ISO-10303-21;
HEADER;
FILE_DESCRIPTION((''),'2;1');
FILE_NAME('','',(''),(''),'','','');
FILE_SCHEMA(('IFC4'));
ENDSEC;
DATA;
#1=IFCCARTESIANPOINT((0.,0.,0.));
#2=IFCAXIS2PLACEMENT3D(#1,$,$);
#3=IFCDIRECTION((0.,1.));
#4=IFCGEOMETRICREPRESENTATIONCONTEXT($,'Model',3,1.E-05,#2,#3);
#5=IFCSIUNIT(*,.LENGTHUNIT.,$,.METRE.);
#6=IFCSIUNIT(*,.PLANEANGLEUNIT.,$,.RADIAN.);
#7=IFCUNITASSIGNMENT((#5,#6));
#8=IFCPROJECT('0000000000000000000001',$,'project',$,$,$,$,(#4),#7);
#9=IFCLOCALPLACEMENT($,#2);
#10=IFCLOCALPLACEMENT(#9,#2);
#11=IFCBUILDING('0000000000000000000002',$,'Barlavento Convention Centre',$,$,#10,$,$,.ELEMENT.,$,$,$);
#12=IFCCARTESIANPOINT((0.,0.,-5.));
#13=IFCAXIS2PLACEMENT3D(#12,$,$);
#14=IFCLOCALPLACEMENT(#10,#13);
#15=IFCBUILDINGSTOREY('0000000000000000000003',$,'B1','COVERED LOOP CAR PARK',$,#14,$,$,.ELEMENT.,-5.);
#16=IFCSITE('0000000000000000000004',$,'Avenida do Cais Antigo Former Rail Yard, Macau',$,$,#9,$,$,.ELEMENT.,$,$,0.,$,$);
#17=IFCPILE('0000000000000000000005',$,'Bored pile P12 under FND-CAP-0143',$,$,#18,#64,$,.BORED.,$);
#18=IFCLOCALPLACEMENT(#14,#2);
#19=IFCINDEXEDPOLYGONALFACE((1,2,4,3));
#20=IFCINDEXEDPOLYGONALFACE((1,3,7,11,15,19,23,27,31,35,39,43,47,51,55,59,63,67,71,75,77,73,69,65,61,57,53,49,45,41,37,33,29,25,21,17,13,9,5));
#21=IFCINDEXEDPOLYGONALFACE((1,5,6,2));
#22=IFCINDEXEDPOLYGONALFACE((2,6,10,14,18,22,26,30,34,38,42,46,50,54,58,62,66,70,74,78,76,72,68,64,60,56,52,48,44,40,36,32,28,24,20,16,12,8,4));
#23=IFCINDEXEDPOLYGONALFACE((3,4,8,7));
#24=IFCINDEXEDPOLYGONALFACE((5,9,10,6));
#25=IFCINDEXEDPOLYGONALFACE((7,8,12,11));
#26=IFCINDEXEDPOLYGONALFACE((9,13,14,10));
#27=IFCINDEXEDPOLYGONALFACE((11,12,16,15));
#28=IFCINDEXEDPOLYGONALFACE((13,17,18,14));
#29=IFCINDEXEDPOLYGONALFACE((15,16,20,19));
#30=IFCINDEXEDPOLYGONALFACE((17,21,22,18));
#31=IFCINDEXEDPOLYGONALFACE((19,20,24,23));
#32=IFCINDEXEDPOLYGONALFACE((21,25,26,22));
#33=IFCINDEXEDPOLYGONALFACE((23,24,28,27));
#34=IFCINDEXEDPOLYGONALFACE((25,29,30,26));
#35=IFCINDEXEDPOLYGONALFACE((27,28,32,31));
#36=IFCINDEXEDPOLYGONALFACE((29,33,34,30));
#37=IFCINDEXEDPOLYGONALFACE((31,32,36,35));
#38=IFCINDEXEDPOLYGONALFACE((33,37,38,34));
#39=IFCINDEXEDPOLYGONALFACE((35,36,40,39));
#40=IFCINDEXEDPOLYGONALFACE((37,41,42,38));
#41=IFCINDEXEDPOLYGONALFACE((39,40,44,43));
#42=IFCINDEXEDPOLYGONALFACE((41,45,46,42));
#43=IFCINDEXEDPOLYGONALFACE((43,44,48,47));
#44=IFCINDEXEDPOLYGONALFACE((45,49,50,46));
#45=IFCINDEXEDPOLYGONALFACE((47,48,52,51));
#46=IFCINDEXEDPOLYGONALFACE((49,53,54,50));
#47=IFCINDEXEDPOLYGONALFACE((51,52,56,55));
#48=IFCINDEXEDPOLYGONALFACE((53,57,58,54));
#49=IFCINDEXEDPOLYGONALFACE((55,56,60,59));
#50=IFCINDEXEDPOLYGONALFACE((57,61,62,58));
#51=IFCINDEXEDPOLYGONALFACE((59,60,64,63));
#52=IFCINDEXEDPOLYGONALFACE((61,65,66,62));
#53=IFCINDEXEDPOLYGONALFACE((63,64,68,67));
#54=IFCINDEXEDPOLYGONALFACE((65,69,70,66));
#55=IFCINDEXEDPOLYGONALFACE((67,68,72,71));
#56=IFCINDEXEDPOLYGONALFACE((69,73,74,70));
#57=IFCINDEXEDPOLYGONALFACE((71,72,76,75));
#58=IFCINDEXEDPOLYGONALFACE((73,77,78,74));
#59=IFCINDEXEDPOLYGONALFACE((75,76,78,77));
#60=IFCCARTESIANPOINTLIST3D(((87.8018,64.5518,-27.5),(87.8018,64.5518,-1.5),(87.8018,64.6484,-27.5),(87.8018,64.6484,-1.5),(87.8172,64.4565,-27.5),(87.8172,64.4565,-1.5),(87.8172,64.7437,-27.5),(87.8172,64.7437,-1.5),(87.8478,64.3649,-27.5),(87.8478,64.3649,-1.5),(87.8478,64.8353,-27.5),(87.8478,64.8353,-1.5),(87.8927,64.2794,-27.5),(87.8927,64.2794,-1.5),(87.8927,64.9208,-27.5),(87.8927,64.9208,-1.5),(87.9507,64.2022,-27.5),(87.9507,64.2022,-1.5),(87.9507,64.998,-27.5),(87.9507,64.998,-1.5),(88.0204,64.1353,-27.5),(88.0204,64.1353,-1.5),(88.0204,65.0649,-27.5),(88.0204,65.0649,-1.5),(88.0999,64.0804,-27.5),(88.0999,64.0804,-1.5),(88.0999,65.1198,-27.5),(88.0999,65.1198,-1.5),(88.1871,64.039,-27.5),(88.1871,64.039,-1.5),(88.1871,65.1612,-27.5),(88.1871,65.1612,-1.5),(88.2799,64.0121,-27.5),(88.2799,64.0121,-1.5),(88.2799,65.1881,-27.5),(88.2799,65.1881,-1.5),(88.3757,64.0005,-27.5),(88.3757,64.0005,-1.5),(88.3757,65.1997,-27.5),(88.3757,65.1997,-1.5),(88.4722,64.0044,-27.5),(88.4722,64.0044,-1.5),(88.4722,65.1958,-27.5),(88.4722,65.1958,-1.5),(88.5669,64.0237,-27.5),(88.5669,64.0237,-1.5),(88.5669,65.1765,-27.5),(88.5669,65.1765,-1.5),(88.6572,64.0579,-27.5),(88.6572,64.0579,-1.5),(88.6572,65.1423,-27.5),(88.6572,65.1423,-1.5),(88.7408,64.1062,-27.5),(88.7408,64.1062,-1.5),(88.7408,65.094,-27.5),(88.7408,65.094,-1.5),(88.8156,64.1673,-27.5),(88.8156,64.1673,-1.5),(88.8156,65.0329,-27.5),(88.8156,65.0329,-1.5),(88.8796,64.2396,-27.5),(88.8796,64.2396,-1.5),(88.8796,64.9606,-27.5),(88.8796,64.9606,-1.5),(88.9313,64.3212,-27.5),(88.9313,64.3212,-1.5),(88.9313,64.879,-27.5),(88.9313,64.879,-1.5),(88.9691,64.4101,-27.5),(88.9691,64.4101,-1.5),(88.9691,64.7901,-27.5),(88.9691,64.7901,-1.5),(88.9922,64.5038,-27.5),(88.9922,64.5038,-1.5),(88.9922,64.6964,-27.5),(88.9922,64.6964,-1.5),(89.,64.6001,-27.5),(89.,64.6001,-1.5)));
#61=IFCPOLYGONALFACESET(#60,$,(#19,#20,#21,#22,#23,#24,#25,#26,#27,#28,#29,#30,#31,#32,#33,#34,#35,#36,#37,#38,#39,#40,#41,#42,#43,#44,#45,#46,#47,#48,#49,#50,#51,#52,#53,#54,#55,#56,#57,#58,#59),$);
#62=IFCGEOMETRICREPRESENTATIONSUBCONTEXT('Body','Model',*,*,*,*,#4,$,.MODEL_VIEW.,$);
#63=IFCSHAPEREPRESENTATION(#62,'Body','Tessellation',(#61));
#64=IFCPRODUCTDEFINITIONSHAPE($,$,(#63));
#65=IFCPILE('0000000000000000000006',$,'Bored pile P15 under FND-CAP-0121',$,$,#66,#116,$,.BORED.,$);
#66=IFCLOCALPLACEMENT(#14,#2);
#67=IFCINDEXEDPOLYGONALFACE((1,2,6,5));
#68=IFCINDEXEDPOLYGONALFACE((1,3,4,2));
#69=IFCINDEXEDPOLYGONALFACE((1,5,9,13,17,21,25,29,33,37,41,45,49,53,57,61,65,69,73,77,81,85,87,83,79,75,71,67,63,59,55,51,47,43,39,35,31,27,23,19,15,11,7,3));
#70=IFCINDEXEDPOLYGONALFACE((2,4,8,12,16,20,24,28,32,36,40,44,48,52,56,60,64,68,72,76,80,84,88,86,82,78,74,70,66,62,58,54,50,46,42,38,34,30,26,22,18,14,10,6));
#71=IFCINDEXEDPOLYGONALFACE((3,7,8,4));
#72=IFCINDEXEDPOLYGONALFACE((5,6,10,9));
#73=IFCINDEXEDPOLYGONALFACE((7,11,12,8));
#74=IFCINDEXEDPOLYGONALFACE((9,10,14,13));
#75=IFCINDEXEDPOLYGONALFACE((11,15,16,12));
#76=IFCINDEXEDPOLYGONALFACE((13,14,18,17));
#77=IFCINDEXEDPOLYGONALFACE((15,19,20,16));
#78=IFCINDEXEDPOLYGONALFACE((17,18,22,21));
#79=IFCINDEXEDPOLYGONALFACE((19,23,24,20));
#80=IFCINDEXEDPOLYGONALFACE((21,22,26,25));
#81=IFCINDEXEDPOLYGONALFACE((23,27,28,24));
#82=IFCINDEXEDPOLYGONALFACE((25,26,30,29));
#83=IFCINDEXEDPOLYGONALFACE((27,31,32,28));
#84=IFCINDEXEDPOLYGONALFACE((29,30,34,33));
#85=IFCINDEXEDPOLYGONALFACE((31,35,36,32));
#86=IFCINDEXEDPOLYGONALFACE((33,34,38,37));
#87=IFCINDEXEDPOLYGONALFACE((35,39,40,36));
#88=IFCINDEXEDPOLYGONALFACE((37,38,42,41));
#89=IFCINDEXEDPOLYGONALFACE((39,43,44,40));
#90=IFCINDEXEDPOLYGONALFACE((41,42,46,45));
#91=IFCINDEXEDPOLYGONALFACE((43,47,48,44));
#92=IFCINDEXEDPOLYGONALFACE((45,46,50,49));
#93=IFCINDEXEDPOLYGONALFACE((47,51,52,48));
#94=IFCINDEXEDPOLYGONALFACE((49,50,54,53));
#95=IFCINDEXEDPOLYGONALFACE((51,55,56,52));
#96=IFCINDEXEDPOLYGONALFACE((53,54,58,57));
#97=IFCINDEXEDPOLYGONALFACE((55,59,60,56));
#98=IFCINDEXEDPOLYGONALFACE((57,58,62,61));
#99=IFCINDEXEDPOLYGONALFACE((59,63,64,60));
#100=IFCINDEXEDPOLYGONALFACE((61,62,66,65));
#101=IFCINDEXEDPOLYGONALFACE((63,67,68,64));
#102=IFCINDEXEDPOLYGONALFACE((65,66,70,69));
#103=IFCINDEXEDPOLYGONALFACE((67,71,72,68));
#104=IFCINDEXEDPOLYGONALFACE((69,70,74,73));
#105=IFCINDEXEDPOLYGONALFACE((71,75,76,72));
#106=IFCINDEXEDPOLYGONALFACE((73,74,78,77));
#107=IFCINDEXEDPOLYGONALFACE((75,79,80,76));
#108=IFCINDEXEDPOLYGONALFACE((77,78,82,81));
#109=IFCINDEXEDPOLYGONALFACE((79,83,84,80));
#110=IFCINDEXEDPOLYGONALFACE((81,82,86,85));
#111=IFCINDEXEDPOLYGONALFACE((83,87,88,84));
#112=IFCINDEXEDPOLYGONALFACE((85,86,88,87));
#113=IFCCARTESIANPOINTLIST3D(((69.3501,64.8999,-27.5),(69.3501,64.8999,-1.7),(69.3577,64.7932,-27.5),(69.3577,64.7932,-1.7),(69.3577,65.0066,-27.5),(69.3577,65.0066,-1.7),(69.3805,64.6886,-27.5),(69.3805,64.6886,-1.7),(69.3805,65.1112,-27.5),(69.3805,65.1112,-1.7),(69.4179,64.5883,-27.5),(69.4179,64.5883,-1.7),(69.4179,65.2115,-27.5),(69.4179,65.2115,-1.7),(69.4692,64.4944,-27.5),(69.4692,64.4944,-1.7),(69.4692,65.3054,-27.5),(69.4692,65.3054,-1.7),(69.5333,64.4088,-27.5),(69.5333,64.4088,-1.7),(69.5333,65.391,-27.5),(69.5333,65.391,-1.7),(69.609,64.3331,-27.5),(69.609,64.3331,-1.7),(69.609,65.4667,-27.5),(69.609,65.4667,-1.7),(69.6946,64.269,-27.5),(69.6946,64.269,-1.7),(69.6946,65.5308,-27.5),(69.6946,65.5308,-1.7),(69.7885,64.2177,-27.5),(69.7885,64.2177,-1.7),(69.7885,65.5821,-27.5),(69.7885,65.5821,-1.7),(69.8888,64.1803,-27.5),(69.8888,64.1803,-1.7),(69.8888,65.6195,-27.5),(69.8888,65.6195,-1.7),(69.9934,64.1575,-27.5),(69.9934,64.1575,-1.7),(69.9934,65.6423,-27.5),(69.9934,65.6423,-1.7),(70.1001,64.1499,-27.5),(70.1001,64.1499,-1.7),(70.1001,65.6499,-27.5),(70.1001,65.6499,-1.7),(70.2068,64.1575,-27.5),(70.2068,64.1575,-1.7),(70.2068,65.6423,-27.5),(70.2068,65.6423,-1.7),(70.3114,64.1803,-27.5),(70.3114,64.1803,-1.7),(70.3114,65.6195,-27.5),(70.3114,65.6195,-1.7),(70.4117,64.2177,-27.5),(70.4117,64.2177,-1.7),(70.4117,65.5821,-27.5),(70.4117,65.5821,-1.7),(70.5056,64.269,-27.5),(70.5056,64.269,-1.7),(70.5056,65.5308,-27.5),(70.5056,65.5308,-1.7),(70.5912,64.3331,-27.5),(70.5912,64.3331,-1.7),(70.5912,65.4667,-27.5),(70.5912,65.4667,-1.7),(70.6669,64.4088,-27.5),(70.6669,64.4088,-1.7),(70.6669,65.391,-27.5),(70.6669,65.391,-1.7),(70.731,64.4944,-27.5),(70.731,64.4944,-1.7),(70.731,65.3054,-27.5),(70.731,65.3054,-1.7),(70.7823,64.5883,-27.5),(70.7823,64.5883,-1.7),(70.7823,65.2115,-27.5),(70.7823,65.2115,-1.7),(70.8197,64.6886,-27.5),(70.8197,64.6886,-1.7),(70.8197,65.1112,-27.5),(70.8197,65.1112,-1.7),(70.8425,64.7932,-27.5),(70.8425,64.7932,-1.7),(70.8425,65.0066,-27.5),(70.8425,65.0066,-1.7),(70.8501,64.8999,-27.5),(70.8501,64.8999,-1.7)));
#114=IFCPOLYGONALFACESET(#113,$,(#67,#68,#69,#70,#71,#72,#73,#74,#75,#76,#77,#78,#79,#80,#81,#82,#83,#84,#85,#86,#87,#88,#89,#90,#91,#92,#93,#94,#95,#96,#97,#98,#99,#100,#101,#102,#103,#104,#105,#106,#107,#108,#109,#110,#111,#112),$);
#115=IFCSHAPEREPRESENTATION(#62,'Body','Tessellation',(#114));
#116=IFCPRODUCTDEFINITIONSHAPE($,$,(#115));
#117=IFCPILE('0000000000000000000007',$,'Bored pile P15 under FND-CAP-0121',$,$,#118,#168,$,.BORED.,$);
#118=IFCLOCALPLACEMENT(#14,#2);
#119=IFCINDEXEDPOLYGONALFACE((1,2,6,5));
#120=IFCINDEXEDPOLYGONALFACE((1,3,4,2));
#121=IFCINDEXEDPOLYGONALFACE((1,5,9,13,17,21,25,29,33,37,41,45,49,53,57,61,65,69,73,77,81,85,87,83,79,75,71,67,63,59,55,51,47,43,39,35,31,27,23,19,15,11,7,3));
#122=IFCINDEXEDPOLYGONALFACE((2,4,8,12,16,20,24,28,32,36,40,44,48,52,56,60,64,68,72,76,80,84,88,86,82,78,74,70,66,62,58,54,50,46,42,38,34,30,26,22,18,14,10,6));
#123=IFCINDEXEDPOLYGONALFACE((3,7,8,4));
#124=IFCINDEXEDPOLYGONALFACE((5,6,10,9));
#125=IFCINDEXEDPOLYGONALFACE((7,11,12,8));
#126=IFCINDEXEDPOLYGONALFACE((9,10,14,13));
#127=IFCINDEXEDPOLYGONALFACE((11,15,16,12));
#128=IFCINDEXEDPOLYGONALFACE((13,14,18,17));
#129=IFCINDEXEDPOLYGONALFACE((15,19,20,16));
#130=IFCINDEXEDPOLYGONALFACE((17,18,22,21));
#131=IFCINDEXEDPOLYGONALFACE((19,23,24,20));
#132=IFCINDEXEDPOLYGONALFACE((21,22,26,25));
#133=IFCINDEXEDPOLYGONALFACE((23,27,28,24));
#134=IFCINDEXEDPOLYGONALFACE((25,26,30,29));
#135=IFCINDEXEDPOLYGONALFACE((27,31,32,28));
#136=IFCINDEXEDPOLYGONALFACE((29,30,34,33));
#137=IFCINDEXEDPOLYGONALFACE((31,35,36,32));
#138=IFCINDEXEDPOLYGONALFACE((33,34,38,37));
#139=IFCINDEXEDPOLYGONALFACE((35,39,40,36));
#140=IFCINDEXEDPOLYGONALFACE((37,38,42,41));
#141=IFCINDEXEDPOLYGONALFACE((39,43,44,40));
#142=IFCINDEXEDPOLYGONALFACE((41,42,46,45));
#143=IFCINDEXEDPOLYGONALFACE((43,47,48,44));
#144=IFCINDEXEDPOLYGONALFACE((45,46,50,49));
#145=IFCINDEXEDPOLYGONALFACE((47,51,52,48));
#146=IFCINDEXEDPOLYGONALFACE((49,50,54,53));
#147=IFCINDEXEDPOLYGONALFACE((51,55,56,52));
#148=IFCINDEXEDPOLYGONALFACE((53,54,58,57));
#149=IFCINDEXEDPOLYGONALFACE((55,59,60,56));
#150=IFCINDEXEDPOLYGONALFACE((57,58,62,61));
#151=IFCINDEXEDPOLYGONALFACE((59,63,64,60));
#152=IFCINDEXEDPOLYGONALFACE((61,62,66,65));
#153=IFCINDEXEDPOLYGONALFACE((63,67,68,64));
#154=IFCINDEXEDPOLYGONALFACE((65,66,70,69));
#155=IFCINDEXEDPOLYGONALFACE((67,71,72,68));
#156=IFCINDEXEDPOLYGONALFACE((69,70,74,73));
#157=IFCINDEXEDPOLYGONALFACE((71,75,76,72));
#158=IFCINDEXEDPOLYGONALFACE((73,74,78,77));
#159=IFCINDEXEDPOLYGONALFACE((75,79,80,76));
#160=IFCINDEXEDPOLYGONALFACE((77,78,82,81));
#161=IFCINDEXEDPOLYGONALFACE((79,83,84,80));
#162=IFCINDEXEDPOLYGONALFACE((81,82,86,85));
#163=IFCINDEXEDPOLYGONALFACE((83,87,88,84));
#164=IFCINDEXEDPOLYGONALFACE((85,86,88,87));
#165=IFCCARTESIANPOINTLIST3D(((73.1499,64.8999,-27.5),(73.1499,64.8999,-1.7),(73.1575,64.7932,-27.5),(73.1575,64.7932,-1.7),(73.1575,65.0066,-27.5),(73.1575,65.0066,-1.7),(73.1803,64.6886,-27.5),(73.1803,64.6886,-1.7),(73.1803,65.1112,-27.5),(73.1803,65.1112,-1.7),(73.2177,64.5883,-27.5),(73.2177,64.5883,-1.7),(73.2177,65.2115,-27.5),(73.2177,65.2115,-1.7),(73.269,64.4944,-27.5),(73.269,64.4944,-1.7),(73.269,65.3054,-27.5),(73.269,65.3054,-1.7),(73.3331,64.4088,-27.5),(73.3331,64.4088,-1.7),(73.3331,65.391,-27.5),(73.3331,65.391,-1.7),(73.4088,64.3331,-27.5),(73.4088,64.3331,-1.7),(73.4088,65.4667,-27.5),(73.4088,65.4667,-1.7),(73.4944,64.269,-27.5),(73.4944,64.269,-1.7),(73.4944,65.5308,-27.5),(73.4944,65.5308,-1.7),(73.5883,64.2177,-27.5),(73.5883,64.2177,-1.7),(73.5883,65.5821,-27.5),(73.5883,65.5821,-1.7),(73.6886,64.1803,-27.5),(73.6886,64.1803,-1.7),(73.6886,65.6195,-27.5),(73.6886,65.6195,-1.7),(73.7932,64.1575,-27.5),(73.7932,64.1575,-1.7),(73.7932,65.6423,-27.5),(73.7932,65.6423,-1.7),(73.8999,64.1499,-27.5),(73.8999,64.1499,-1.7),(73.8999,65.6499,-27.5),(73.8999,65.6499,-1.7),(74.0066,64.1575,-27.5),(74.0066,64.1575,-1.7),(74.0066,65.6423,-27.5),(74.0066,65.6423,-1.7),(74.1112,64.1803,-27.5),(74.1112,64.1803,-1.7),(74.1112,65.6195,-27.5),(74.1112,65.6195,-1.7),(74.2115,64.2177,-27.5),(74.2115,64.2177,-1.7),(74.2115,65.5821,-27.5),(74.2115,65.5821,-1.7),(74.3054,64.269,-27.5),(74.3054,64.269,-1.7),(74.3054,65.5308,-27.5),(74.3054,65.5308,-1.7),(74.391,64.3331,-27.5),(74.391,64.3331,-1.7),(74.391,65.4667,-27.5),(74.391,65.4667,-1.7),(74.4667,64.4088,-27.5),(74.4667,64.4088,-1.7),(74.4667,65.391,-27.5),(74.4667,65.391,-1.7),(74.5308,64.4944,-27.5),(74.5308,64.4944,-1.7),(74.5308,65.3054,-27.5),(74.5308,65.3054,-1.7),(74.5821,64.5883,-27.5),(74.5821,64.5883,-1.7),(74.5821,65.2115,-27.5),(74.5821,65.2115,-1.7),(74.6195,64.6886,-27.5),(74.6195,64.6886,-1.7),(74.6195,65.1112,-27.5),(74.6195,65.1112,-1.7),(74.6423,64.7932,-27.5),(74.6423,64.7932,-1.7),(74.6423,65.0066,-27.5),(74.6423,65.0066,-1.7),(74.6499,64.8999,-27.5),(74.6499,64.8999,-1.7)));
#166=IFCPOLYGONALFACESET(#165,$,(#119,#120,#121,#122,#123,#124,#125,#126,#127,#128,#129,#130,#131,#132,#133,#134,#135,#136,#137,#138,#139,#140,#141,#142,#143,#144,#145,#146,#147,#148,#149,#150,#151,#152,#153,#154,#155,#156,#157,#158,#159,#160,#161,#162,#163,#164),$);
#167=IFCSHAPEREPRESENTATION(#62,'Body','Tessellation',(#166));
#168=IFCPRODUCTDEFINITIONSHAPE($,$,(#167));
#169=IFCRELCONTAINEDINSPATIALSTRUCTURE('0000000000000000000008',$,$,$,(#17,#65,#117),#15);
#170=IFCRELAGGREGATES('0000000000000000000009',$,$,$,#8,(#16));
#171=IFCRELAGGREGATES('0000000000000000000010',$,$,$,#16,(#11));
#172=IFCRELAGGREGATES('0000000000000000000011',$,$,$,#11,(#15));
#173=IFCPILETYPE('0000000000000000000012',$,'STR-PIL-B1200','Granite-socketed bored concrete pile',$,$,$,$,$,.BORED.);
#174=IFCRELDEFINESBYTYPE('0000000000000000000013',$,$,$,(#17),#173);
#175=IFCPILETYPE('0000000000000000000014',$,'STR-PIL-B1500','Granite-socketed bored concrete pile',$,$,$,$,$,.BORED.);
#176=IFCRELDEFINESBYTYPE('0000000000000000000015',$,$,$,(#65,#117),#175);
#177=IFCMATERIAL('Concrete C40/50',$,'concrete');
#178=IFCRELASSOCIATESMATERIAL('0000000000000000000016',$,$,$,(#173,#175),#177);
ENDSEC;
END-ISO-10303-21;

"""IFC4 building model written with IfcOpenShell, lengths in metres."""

from ifc_helpers import new_model, si_unit, direction, frame, origin, origin_2d, place, context, subcontext, project, spatial, circle, extrude, material, material_profile, profile_set, type_object, element, save


model = new_model("IFC4")

# Units and contexts
model_context = context("Model", 3, precision=1e-05, world=origin(), true_north=direction((0.0, 1.0)))
body_context = subcontext(model_context, "Body", "Model", "MODEL_VIEW")
ifc_project = project(units=[si_unit("LENGTHUNIT", "METRE"), si_unit("PLANEANGLEUNIT", "RADIAN")], contexts=[model_context])

# Site, building, storey
site_placement = place(None, origin())
site = spatial("IfcSite", under=ifc_project, at=site_placement, Name="Avenida do Cais Antigo Former Rail Yard, Macau", CompositionType="ELEMENT", RefElevation=0.0)
building_placement = place(site_placement, origin())
building = spatial("IfcBuilding", under=site, at=building_placement, Name="Barlavento Convention Centre", CompositionType="ELEMENT")
storey_placement = place(building_placement, frame((0.0, 0.0, -5.0)))
storey = spatial("IfcBuildingStorey", under=building, at=storey_placement, Name="B1", Description="COVERED LOOP CAR PARK", CompositionType="ELEMENT", Elevation=-5.0)

# Shared definitions
ifc_material_1 = material(Name="Concrete C40/50", Category="concrete")

# Piles
ifc_material_profile_1 = material_profile(ifc_material_1, circle(Radius=0.6001, at=origin_2d()), Name="BORED PILE 1200")
ifc_profile_set_1 = profile_set([ifc_material_profile_1], Name="Concrete C40/50")
pile_type_1 = type_object("IfcPileType", Name="STR-PIL-B1200", Description="Granite-socketed bored concrete pile", PredefinedType="BORED", material=ifc_profile_set_1)
pile_1_placement = place(storey_placement, frame((88.3999, 64.6001, -1.5), z_axis=(0.0, 0.0, -1.0), x_axis=(1.0, 0.0, 0.0)))
element("IfcPile", 1, at=pile_1_placement, inside=storey, type_object=pile_type_1, Name="Bored pile P12 under FND-CAP-0143", PredefinedType="BORED", context=body_context, shape_type="SweptSolid", body=[
    extrude(circle(Radius=0.6001, at=origin_2d()), origin(), (0.0, 0.0, 1.0), 26.0),
])
ifc_material_profile_2 = material_profile(ifc_material_1, circle(Radius=0.75, at=origin_2d()), Name="BORED PILE 1500")
ifc_profile_set_2 = profile_set([ifc_material_profile_2], Name="Concrete C40/50")
pile_type_2 = type_object("IfcPileType", Name="STR-PIL-B1500", Description="Granite-socketed bored concrete pile", PredefinedType="BORED", material=ifc_profile_set_2)
for number, where, z_axis, x_axis, name in (
    (2, (70.1001, 64.8999, -1.7), (0.0, 0.0, -1.0), (1.0, 0.0, 0.0), "Bored pile P15 under FND-CAP-0121"),
    (3, (73.8999, 64.8999, -1.7), (0.0, 0.0, -1.0), (1.0, 0.0, 0.0), "Bored pile P15 under FND-CAP-0121"),
):
    element("IfcPile", number, at=place(storey_placement, frame(where, z_axis=z_axis, x_axis=x_axis)), inside=storey, type_object=pile_type_2, Name=name, PredefinedType="BORED", context=body_context, shape_type="SweptSolid", body=[
        extrude(circle(Radius=0.75, at=origin_2d()), origin(), (0.0, 0.0, 1.0), 25.8),
    ])

save(model, "model.ifc")
